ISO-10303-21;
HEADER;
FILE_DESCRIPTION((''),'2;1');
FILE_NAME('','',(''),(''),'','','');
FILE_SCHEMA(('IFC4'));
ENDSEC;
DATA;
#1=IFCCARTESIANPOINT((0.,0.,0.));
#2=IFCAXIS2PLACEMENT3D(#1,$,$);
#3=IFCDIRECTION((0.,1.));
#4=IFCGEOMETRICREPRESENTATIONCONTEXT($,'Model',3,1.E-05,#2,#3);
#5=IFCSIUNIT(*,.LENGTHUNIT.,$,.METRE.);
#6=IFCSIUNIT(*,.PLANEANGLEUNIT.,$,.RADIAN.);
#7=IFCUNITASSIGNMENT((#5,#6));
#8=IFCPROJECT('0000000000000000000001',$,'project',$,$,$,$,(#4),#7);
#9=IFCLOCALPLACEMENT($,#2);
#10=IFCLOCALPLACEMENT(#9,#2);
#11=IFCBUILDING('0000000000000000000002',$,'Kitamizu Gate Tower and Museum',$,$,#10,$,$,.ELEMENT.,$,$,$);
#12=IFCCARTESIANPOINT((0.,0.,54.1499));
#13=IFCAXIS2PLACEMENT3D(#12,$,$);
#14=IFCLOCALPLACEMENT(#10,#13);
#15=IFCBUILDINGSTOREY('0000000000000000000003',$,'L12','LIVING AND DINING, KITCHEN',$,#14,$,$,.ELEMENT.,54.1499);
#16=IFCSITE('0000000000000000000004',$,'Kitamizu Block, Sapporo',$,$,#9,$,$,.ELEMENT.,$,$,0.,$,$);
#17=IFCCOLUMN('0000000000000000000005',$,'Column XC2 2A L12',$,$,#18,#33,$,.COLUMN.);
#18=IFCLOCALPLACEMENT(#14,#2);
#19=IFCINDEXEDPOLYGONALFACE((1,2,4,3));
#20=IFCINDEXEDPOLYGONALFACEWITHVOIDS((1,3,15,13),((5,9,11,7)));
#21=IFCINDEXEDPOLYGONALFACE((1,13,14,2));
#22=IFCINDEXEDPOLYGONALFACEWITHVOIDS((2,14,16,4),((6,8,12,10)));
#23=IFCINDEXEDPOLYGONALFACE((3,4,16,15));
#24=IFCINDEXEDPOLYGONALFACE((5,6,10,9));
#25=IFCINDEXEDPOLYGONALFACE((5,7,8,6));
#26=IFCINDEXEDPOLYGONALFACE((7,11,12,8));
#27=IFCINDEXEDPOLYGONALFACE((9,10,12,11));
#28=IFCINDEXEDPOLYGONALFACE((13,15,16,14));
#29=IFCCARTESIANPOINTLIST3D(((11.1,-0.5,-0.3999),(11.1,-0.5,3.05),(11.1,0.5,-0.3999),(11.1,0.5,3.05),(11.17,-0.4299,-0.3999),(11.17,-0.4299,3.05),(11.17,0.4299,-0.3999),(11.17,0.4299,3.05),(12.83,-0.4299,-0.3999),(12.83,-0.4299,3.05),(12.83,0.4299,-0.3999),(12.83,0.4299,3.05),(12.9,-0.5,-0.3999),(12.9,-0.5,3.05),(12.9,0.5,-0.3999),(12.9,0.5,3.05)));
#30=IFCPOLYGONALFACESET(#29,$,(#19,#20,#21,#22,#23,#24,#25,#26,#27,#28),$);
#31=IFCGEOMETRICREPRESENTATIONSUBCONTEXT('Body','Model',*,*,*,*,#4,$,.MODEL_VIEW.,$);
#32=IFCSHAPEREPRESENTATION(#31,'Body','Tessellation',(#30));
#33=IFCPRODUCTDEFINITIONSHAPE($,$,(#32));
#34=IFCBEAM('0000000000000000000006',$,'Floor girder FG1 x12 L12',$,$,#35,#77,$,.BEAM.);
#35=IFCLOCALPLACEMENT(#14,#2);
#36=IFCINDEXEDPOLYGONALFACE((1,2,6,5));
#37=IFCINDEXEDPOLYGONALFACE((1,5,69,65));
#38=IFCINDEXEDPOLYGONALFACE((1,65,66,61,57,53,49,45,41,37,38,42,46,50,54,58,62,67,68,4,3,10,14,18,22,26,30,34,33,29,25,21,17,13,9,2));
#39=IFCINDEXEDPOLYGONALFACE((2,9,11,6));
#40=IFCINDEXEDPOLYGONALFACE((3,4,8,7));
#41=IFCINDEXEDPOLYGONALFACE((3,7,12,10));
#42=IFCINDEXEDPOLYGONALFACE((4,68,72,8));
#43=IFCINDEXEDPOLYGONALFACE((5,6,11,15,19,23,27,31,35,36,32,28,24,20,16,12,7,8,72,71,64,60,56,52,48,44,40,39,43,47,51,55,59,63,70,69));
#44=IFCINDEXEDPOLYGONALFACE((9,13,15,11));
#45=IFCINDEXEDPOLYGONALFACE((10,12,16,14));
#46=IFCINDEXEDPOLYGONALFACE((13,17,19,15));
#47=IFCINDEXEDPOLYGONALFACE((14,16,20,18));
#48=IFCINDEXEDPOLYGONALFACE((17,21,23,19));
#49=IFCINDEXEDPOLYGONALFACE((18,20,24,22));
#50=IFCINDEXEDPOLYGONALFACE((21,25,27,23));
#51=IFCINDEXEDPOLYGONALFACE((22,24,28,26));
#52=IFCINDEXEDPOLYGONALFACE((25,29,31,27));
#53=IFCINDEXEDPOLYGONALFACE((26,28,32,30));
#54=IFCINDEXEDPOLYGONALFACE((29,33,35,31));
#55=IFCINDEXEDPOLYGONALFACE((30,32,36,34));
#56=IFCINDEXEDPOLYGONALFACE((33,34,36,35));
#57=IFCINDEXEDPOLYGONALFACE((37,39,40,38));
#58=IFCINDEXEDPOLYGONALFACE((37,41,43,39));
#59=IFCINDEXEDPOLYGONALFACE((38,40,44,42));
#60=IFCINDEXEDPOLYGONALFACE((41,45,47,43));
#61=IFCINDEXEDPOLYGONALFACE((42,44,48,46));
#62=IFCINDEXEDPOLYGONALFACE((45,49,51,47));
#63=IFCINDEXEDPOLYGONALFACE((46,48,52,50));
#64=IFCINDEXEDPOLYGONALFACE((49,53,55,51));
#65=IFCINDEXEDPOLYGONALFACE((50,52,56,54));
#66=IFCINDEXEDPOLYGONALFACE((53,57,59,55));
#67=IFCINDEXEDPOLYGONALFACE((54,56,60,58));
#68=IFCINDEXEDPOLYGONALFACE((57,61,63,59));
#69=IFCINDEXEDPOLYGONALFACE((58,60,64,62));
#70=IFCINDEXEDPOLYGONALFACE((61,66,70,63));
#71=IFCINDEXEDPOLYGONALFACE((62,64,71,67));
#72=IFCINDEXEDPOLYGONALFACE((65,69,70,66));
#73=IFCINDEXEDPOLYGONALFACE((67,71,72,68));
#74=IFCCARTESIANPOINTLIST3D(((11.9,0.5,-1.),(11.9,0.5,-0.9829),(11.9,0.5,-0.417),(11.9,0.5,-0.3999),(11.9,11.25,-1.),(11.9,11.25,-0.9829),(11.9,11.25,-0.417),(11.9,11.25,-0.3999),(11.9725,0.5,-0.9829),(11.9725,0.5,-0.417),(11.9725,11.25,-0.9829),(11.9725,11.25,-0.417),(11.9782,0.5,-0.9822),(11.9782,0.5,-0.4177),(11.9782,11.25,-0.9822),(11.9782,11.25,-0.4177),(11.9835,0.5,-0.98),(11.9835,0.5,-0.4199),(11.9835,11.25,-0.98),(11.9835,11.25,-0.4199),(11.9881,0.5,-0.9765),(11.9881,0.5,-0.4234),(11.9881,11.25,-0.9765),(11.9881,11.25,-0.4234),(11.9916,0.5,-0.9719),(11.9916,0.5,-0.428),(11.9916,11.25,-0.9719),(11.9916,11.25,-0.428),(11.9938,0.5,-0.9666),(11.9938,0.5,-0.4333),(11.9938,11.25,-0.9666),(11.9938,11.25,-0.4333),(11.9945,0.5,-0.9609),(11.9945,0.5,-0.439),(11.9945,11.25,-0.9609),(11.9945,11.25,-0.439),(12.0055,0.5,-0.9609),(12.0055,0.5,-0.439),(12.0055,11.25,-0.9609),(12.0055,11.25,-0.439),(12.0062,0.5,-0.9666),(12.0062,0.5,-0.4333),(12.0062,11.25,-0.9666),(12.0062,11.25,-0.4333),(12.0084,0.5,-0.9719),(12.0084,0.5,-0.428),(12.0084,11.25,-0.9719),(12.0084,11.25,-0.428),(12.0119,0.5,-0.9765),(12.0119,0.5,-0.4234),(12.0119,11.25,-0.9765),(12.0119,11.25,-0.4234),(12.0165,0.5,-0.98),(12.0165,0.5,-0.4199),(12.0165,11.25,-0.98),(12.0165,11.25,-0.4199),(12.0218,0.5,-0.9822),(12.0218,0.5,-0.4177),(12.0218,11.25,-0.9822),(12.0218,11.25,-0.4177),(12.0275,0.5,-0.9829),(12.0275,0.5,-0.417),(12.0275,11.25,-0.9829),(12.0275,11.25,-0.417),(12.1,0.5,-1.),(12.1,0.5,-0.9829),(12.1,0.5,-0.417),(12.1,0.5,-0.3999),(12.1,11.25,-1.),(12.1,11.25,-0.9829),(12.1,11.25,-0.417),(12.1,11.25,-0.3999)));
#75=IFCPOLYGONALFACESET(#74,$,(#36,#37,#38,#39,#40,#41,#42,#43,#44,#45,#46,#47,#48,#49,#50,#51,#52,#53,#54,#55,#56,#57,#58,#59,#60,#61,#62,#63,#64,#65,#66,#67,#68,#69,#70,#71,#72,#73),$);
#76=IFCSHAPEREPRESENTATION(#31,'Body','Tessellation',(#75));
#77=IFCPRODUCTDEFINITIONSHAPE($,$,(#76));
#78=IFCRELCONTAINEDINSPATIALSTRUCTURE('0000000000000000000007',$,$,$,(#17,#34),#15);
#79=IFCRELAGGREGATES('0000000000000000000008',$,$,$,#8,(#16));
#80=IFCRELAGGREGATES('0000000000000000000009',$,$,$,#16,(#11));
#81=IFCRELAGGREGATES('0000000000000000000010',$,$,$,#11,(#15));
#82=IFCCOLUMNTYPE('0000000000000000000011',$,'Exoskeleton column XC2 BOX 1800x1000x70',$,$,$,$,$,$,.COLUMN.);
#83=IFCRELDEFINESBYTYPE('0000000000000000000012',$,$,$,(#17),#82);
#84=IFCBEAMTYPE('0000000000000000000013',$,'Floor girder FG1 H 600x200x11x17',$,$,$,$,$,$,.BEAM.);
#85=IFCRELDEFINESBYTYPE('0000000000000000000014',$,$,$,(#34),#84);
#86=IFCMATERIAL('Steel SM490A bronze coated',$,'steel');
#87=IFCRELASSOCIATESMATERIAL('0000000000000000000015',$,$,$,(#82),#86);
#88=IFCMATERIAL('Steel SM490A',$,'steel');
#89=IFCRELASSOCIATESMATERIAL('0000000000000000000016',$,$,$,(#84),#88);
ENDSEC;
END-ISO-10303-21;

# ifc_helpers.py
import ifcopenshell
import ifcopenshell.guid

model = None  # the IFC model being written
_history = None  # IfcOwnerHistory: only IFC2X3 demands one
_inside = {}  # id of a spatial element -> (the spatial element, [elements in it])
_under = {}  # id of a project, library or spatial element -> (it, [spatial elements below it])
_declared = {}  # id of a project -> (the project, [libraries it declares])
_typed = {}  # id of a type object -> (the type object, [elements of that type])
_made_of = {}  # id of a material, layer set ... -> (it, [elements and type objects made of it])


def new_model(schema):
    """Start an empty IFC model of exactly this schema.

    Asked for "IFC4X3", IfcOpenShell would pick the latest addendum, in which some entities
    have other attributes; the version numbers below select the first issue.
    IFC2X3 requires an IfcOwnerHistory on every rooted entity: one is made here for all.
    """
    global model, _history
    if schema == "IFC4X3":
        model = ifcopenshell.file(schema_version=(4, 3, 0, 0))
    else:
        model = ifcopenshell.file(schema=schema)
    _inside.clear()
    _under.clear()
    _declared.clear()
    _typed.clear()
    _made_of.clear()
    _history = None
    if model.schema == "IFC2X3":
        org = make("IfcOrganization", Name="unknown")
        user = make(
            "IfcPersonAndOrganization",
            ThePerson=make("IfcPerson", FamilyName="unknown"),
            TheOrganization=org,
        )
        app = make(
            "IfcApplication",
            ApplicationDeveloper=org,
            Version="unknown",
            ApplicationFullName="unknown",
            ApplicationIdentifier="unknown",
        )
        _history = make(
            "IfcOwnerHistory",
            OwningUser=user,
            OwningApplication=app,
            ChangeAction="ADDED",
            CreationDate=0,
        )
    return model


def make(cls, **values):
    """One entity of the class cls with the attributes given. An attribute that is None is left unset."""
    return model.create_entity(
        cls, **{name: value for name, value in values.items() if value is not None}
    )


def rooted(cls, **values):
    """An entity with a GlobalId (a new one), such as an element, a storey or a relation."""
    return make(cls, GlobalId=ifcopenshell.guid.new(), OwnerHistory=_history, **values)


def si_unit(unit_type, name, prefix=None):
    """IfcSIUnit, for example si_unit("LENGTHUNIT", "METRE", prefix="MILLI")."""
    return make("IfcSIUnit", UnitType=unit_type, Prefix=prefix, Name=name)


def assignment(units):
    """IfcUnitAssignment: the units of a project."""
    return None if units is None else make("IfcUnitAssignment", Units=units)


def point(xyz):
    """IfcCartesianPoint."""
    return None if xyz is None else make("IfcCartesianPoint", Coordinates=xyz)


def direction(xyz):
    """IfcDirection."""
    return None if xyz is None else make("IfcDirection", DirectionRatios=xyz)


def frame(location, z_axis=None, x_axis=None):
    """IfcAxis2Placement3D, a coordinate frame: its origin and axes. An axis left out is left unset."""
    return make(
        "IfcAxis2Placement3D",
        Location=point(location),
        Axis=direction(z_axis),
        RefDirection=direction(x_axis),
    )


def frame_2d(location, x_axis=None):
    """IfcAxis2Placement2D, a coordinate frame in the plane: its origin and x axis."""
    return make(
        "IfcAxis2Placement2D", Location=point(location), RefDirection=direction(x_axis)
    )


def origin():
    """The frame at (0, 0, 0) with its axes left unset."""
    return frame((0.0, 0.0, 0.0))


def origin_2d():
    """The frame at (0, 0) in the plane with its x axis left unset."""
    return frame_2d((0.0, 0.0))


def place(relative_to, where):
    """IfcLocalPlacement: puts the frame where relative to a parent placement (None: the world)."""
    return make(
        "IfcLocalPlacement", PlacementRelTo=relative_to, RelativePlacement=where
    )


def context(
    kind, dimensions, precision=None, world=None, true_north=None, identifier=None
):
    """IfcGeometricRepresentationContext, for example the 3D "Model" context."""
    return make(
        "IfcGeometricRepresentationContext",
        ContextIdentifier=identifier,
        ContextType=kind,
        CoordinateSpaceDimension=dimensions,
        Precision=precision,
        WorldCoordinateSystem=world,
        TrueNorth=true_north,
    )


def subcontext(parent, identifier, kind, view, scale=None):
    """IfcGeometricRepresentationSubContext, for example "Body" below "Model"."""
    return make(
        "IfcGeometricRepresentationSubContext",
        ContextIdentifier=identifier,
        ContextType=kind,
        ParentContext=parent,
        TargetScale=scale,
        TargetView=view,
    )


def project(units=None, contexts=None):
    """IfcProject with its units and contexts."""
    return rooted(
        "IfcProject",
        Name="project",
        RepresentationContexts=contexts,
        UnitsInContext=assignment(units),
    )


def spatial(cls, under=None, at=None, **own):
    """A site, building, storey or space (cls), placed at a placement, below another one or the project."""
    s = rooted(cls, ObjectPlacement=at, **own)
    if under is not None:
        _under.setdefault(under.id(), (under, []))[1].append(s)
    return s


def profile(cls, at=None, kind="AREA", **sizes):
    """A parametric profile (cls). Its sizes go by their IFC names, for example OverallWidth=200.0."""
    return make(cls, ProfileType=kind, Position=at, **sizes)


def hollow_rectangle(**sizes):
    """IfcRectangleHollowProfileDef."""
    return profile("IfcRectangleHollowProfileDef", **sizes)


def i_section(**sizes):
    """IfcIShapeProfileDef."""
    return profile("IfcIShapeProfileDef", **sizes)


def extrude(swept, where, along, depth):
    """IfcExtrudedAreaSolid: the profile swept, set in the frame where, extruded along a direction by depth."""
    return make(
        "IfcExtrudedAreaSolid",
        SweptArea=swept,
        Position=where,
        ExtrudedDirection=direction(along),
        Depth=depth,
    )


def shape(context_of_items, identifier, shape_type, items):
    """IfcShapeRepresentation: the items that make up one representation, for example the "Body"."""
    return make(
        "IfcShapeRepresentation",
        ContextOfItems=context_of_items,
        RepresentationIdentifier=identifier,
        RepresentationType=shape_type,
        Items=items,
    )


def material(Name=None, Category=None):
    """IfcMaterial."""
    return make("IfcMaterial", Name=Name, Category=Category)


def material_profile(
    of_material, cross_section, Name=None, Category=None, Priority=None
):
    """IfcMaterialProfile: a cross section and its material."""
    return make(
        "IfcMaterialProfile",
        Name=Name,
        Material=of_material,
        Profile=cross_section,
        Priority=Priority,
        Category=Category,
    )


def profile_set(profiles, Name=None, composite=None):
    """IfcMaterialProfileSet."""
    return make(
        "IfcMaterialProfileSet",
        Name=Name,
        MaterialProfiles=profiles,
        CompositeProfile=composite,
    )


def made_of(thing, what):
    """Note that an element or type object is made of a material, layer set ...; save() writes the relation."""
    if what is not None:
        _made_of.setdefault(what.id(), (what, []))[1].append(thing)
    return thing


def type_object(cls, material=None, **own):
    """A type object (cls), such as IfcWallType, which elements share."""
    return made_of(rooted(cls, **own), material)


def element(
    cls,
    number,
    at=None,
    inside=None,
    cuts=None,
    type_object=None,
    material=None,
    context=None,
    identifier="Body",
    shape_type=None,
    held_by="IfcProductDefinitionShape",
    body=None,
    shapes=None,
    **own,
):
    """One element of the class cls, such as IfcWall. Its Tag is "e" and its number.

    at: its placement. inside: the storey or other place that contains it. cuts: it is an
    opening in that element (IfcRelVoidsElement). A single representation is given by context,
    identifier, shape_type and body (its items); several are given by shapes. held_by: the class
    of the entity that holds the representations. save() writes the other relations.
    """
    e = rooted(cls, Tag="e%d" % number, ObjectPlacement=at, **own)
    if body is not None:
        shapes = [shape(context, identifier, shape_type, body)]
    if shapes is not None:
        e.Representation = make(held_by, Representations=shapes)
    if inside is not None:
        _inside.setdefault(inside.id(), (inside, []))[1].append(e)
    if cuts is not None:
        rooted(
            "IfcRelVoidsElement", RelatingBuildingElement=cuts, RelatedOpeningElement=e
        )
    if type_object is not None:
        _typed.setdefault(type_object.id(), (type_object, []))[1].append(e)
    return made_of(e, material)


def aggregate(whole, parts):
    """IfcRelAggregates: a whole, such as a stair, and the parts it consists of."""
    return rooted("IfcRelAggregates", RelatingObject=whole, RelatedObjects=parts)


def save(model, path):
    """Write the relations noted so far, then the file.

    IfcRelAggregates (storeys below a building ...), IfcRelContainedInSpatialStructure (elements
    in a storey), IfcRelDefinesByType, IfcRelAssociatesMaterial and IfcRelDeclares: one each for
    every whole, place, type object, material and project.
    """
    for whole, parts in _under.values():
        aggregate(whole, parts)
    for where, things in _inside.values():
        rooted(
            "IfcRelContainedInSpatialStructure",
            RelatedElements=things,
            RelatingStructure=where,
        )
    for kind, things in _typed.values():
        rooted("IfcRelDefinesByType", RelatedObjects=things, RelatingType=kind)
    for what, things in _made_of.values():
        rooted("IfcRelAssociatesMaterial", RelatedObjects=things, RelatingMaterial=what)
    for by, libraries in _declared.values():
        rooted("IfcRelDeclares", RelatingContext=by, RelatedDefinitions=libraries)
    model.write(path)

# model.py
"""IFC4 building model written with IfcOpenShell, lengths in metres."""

from ifc_helpers import new_model, si_unit, direction, frame, origin, origin_2d, place, context, subcontext, project, spatial, hollow_rectangle, i_section, extrude, material, material_profile, profile_set, type_object, element, save


model = new_model("IFC4")

# Units and contexts
model_context = context("Model", 3, precision=1e-05, world=origin(), true_north=direction((0.0, 1.0)))
body_context = subcontext(model_context, "Body", "Model", "MODEL_VIEW")
ifc_project = project(units=[si_unit("LENGTHUNIT", "METRE"), si_unit("PLANEANGLEUNIT", "RADIAN")], contexts=[model_context])

# Site, building, storey
site_placement = place(None, origin())
site = spatial("IfcSite", under=ifc_project, at=site_placement, Name="Kitamizu Block, Sapporo", CompositionType="ELEMENT", RefElevation=0.0)
building_placement = place(site_placement, origin())
building = spatial("IfcBuilding", under=site, at=building_placement, Name="Kitamizu Gate Tower and Museum", CompositionType="ELEMENT")
storey_placement = place(building_placement, frame((0.0, 0.0, 54.1499)))
storey = spatial("IfcBuildingStorey", under=building, at=storey_placement, Name="L12", Description="LIVING AND DINING, KITCHEN", CompositionType="ELEMENT", Elevation=54.1499)

# Column
ifc_material_1 = material(Name="Steel SM490A bronze coated", Category="steel")
ifc_material_profile_1 = material_profile(ifc_material_1, hollow_rectangle(XDim=1.8, YDim=1.0, WallThickness=0.0701, at=origin_2d()), Name="BOX 1800x1000x70")
ifc_profile_set_1 = profile_set([ifc_material_profile_1], Name="Steel SM490A bronze coated")
column_type = type_object("IfcColumnType", Name="Exoskeleton column XC2 BOX 1800x1000x70", PredefinedType="COLUMN", material=ifc_profile_set_1)
column_placement = place(storey_placement, frame((12.0, 0.0, -0.3999), z_axis=(0.0, 0.0, 1.0), x_axis=(1.0, 0.0, 0.0)))
element("IfcColumn", 1, at=column_placement, inside=storey, type_object=column_type, Name="Column XC2 2A L12", PredefinedType="COLUMN", context=body_context, shape_type="SweptSolid", body=[
    extrude(hollow_rectangle(XDim=1.8, YDim=1.0, WallThickness=0.0701, at=origin_2d()), origin(), (0.0, 0.0, 1.0), 3.45),
])

# Beam
ifc_material_2 = material(Name="Steel SM490A", Category="steel")
ifc_material_profile_2 = material_profile(ifc_material_2, i_section(OverallWidth=0.2, OverallDepth=0.6001, WebThickness=0.011, FlangeThickness=0.0171, FilletRadius=0.022, at=origin_2d()), Name="H-600x200x11x17")
ifc_profile_set_2 = profile_set([ifc_material_profile_2], Name="Steel SM490A")
beam_type = type_object("IfcBeamType", Name="Floor girder FG1 H 600x200x11x17", PredefinedType="BEAM", material=ifc_profile_set_2)
beam_placement = place(storey_placement, frame((12.0, 0.5, -0.7), z_axis=(0.0, 1.0, 0.0), x_axis=(-1.0, 0.0, 0.0)))
element("IfcBeam", 2, at=beam_placement, inside=storey, type_object=beam_type, Name="Floor girder FG1 x12 L12", PredefinedType="BEAM", context=body_context, shape_type="SweptSolid", body=[
    extrude(i_section(OverallWidth=0.2, OverallDepth=0.6001, WebThickness=0.011, FlangeThickness=0.0171, FilletRadius=0.022, at=origin_2d()), origin(), (0.0, 0.0, 1.0), 10.75),
])

save(model, "model.ifc")
